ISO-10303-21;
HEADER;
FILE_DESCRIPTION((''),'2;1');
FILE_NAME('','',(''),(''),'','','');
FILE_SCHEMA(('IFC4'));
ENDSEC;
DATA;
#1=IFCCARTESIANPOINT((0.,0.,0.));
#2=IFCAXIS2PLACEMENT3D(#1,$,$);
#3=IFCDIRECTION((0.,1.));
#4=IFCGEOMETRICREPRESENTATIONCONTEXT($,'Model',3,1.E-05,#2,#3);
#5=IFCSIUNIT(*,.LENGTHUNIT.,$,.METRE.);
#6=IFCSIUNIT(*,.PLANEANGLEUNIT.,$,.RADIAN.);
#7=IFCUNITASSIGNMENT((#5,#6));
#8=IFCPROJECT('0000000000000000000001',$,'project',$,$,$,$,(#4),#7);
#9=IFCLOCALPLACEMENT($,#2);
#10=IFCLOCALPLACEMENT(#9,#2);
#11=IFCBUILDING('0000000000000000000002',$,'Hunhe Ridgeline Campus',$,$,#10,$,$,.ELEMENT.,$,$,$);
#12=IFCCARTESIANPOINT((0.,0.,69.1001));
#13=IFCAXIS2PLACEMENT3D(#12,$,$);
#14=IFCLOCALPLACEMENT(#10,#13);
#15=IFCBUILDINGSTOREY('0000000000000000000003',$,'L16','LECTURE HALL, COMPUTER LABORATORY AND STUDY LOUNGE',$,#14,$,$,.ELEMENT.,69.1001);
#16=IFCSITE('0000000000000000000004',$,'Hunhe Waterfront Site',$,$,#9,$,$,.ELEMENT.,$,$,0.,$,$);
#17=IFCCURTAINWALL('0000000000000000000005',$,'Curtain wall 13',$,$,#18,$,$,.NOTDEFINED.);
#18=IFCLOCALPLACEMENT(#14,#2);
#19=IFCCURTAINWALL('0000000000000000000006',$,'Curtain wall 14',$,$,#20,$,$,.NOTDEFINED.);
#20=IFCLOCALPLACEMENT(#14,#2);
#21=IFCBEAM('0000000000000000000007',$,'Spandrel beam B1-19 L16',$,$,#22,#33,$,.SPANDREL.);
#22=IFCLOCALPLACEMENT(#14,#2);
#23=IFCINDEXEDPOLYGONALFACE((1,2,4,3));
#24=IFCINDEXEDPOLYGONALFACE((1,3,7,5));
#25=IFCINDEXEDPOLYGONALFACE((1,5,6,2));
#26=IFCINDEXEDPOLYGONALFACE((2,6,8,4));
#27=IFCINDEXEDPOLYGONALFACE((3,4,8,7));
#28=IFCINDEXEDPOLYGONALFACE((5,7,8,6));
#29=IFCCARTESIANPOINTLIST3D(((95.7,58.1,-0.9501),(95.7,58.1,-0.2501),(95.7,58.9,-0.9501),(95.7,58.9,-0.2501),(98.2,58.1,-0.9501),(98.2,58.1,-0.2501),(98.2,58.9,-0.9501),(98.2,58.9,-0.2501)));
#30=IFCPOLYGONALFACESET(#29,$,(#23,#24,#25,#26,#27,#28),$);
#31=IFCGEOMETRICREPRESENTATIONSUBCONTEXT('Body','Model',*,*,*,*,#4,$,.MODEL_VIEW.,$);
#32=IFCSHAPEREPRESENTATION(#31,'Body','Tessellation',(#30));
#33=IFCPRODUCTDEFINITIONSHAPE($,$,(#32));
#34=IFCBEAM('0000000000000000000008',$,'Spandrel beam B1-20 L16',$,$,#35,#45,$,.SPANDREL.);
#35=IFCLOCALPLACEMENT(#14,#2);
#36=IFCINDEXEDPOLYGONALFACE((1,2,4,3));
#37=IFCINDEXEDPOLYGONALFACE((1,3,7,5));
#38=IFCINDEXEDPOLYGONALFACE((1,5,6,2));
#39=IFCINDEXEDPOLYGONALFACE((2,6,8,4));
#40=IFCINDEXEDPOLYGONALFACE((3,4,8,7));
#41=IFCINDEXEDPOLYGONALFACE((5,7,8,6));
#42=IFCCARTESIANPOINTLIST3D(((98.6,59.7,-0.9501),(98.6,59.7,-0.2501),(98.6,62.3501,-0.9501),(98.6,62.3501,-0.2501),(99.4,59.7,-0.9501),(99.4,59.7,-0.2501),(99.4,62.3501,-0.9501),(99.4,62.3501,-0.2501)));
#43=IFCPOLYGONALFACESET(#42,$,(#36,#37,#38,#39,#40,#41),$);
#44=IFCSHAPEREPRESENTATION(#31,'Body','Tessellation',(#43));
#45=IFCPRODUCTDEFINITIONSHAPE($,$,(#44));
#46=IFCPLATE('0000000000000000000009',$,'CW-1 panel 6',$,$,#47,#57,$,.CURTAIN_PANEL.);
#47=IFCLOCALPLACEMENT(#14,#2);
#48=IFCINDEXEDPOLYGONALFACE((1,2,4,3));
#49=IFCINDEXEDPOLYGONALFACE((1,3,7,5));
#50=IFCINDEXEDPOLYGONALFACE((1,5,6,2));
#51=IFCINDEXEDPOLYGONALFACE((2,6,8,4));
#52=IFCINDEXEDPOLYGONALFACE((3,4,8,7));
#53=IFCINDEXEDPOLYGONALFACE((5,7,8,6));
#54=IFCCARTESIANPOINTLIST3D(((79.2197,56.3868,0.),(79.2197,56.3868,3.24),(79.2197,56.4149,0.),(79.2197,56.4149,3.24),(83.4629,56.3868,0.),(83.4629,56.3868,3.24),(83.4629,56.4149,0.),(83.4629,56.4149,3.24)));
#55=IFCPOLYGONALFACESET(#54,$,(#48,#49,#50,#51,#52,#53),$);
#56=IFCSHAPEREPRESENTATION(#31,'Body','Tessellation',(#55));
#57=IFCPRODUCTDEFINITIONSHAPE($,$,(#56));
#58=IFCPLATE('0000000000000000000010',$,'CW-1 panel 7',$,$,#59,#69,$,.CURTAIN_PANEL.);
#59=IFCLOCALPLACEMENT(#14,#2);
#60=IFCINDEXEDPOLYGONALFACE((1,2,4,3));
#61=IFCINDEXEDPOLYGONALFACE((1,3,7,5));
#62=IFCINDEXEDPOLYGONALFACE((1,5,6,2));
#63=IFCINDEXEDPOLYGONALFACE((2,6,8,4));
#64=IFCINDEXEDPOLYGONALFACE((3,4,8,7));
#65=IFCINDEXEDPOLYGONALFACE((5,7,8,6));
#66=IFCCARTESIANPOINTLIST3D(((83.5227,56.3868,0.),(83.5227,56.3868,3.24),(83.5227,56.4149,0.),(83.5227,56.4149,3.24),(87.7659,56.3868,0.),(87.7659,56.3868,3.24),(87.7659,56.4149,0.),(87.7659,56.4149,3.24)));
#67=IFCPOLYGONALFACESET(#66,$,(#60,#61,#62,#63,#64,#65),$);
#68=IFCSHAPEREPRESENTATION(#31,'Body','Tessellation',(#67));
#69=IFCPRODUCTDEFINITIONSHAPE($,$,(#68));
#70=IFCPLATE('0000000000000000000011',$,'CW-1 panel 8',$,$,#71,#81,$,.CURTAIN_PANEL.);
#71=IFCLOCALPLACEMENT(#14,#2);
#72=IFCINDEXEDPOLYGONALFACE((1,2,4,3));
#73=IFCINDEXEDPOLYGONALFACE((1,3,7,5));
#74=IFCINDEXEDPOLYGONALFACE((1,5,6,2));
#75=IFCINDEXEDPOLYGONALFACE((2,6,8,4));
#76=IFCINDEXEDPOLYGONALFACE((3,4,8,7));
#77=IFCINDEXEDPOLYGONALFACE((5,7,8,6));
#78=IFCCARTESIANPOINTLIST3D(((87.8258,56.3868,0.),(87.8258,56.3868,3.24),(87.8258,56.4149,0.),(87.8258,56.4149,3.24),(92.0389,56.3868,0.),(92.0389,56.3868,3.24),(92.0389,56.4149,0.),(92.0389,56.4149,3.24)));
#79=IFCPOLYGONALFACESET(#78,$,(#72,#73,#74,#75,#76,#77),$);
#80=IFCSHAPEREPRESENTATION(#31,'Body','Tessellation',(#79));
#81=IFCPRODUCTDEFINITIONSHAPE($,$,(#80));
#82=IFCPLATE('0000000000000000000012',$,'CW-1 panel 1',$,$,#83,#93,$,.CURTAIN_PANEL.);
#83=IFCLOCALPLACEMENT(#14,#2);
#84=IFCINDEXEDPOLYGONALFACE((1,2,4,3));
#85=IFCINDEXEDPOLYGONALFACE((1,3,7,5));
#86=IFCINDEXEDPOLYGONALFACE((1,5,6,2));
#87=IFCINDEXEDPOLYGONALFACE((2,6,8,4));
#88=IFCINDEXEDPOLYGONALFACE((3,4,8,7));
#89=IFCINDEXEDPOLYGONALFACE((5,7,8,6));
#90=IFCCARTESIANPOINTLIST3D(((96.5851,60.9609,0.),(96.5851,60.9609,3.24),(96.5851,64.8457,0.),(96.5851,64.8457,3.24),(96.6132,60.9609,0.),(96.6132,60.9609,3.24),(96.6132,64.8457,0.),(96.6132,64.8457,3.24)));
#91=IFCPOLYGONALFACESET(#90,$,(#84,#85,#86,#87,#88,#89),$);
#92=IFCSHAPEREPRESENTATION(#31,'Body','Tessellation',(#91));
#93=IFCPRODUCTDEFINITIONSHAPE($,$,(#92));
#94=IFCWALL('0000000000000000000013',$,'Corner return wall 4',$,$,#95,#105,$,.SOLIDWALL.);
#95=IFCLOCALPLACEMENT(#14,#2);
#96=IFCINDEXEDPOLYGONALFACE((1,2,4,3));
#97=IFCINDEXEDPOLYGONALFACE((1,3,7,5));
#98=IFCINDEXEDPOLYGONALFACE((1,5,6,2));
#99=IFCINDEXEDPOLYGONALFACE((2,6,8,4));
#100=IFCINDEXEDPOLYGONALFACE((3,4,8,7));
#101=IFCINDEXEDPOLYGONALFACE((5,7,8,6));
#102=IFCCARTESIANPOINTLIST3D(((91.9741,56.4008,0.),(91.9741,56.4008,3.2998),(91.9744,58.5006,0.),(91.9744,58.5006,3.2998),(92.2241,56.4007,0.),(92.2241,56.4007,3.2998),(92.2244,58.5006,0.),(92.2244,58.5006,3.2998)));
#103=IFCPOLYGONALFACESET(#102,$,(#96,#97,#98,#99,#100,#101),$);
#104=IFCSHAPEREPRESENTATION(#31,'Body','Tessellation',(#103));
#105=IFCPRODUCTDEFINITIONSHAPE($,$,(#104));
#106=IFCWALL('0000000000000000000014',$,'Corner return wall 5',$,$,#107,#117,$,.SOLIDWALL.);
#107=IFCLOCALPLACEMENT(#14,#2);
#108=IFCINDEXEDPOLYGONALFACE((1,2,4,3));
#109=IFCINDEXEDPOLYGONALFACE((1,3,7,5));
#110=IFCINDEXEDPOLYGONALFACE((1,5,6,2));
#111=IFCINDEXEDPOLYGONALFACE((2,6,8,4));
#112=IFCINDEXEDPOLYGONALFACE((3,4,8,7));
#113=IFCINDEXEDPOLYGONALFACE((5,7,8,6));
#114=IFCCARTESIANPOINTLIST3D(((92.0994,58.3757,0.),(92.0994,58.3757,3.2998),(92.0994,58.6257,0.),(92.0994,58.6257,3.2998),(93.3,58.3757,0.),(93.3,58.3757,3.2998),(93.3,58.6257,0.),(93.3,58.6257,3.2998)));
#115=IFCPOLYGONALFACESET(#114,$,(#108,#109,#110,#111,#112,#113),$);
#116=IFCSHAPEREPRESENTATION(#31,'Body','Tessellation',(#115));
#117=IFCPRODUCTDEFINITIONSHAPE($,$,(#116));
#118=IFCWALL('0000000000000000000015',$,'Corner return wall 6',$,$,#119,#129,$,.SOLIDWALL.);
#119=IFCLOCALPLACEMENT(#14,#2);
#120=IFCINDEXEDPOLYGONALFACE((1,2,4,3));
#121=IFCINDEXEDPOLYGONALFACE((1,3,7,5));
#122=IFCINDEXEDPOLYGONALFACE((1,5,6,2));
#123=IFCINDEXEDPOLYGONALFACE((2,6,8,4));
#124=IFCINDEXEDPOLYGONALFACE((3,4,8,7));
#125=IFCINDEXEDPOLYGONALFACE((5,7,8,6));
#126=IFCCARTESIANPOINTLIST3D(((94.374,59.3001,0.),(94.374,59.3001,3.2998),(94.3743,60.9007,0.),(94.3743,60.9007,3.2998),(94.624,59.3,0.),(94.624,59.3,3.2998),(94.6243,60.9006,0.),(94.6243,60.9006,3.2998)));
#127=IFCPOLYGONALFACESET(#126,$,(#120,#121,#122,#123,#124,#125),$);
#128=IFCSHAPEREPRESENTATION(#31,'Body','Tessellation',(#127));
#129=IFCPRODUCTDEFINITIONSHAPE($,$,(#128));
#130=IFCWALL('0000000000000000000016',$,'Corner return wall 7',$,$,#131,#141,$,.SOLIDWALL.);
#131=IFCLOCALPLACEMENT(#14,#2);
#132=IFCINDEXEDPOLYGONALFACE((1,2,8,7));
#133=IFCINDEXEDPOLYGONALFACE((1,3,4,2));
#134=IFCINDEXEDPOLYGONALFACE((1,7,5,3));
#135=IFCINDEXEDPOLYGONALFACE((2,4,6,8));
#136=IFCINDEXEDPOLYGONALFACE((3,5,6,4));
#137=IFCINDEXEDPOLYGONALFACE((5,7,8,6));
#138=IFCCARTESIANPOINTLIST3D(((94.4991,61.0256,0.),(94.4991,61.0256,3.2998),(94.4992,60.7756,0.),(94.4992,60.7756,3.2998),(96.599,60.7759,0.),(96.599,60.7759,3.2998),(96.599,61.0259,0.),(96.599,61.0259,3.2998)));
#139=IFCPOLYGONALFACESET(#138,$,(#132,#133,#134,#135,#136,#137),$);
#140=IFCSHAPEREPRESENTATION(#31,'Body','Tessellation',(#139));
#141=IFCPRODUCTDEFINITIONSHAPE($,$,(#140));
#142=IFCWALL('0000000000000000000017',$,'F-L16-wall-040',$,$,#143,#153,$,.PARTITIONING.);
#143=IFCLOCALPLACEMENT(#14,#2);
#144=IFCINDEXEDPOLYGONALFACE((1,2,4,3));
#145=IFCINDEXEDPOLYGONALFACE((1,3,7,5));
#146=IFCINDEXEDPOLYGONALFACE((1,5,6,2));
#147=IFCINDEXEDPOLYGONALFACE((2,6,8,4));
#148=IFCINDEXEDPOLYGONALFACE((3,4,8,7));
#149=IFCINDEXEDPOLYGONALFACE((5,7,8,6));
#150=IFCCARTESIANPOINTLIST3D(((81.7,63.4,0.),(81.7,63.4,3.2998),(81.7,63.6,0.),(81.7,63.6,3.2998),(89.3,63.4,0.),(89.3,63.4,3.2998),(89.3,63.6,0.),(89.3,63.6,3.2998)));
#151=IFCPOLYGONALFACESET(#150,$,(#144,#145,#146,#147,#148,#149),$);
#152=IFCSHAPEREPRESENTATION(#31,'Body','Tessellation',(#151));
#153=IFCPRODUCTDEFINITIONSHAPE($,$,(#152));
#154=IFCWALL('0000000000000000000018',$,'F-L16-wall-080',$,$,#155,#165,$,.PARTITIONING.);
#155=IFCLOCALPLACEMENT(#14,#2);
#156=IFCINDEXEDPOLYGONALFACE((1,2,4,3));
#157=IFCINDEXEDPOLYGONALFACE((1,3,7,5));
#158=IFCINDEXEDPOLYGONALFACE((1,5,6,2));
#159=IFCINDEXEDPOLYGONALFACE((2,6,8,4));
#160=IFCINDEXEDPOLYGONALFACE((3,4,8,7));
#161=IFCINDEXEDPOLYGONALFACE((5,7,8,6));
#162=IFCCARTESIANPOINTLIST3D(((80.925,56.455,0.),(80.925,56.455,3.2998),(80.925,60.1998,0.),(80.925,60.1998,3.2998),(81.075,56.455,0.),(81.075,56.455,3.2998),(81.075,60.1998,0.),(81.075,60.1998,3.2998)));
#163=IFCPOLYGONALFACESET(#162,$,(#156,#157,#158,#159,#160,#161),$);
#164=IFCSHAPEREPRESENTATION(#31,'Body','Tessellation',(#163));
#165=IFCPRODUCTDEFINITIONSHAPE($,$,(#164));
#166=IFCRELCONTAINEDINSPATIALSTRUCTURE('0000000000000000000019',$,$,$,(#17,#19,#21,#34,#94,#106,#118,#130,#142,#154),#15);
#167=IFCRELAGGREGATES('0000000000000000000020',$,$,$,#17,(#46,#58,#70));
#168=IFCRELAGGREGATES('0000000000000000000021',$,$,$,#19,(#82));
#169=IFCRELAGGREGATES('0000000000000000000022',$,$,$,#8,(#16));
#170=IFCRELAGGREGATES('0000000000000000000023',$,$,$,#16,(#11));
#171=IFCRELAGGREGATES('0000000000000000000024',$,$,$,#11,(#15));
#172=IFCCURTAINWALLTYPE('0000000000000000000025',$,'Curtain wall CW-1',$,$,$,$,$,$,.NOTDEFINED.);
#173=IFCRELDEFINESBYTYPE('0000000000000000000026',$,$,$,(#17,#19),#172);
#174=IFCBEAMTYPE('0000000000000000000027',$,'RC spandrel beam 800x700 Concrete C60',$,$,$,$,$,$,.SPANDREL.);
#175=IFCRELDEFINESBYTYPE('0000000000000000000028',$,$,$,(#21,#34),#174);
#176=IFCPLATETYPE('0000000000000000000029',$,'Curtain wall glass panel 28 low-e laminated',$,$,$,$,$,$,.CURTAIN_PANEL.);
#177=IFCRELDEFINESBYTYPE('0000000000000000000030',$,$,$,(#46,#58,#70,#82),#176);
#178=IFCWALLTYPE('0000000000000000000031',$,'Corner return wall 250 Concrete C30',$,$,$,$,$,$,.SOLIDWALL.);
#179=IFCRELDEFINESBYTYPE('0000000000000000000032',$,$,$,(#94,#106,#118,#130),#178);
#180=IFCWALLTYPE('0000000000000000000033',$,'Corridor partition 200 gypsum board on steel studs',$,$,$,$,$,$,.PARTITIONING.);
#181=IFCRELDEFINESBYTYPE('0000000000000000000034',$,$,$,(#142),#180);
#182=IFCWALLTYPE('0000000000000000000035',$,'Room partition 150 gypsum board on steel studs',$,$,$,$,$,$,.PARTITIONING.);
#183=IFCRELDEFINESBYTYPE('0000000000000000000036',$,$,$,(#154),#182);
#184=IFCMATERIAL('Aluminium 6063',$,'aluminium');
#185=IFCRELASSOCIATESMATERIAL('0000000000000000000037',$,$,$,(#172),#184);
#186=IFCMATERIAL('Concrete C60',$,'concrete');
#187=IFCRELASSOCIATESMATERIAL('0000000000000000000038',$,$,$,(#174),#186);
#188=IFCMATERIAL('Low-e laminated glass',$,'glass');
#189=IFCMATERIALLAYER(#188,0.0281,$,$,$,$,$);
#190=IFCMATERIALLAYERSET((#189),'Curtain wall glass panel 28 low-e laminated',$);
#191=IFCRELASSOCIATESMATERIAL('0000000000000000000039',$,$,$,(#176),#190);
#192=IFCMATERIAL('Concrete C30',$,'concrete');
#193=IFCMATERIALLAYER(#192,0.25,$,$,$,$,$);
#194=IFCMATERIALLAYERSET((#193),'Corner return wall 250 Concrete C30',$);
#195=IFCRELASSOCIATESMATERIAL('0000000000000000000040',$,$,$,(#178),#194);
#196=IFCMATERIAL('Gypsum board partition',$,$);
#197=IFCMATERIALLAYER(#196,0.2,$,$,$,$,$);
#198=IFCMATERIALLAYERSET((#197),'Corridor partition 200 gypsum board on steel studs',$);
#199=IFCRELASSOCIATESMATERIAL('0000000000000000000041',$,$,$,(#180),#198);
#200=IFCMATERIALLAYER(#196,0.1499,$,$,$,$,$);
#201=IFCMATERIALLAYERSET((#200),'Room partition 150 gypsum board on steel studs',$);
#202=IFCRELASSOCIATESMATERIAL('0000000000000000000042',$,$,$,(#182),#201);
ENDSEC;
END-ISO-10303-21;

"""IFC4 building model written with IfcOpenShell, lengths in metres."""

from ifc_helpers import new_model, si_unit, direction, frame, frame_2d, origin, origin_2d, place, context, subcontext, project, spatial, rectangle, extrude, material, layer, layer_set, material_profile, profile_set, type_object, element, aggregate, save


model = new_model("IFC4")

# Units and contexts
model_context = context("Model", 3, precision=1e-05, world=origin(), true_north=direction((0.0, 1.0)))
body_context = subcontext(model_context, "Body", "Model", "MODEL_VIEW")
ifc_project = project(units=[si_unit("LENGTHUNIT", "METRE"), si_unit("PLANEANGLEUNIT", "RADIAN")], contexts=[model_context])

# Site, building, storey
site_placement = place(None, origin())
site = spatial("IfcSite", under=ifc_project, at=site_placement, Name="Hunhe Waterfront Site", CompositionType="ELEMENT", RefElevation=0.0)
building_placement = place(site_placement, origin())
building = spatial("IfcBuilding", under=site, at=building_placement, Name="Hunhe Ridgeline Campus", CompositionType="ELEMENT")
storey_placement = place(building_placement, frame((0.0, 0.0, 69.1001)))
storey = spatial("IfcBuildingStorey", under=building, at=storey_placement, Name="L16", Description="LECTURE HALL, COMPUTER LABORATORY AND STUDY LOUNGE", CompositionType="ELEMENT", Elevation=69.1001)

# Curtain walls
ifc_material_1 = material(Name="Aluminium 6063", Category="aluminium")
curtain_wall_type = type_object("IfcCurtainWallType", Name="Curtain wall CW-1", PredefinedType="NOTDEFINED", material=ifc_material_1)
curtain_wall_1_placement = place(storey_placement, origin())
curtain_wall_1 = element("IfcCurtainWall", 1, at=curtain_wall_1_placement, inside=storey, type_object=curtain_wall_type, Name="Curtain wall 13", PredefinedType="NOTDEFINED")
curtain_wall_2_placement = place(storey_placement, origin())
curtain_wall_2 = element("IfcCurtainWall", 2, at=curtain_wall_2_placement, inside=storey, type_object=curtain_wall_type, Name="Curtain wall 14", PredefinedType="NOTDEFINED")

# Beams
ifc_material_2 = material(Name="Concrete C60", Category="concrete")
ifc_material_profile_1 = material_profile(ifc_material_2, rectangle(XDim=0.8, YDim=0.7, at=origin_2d()))
ifc_profile_set_1 = profile_set([ifc_material_profile_1], Name="Concrete C60")
beam_type = type_object("IfcBeamType", Name="RC spandrel beam 800x700 Concrete C60", PredefinedType="SPANDREL", material=ifc_profile_set_1)
for number, where, z_axis, x_axis, name in (
    (3, (95.7, 58.5, -0.6001), (1.0, 0.0, 0.0), (0.0, 1.0, 0.0), "Spandrel beam B1-19 L16"),
):
    element("IfcBeam", number, at=place(storey_placement, frame(where, z_axis=z_axis, x_axis=x_axis)), inside=storey, type_object=beam_type, Name=name, PredefinedType="SPANDREL", context=body_context, shape_type="SweptSolid", body=[
        extrude(rectangle(XDim=0.8, YDim=0.7, at=origin_2d()), origin(), (0.0, 0.0, 1.0), 2.5),
    ])
beam_1_placement = place(storey_placement, frame((99.0, 59.7, -0.6001), z_axis=(0.0, 1.0, 0.0), x_axis=(-1.0, 0.0, 0.0)))
element("IfcBeam", 4, at=beam_1_placement, inside=storey, type_object=beam_type, Name="Spandrel beam B1-20 L16", PredefinedType="SPANDREL", context=body_context, shape_type="SweptSolid", body=[
    extrude(rectangle(XDim=0.8, YDim=0.7, at=origin_2d()), origin(), (0.0, 0.0, 1.0), 2.6501),
])

# Plates
ifc_material_3 = material(Name="Low-e laminated glass", Category="glass")
ifc_layer_1 = layer(ifc_material_3, 0.0281)
ifc_layer_set_1 = layer_set([ifc_layer_1], Name="Curtain wall glass panel 28 low-e laminated")
plate_type = type_object("IfcPlateType", Name="Curtain wall glass panel 28 low-e laminated", PredefinedType="CURTAIN_PANEL", material=ifc_layer_set_1)
plate_1_placement = place(storey_placement, frame((81.3413, 56.4009, 0.0), z_axis=(0.0, 0.0, 1.0), x_axis=(1.0, 0.000004, 0.0)))
plate_1 = element("IfcPlate", 5, at=plate_1_placement, type_object=plate_type, Name="CW-1 panel 6", PredefinedType="CURTAIN_PANEL", context=body_context, shape_type="SweptSolid", body=[
    extrude(rectangle(XDim=4.2432, YDim=0.0281, at=origin_2d()), origin(), (0.0, 0.0, 1.0), 3.24),
])
plate_2_placement = place(storey_placement, frame((85.6443, 56.4009, 0.0), z_axis=(0.0, 0.0, 1.0), x_axis=(1.0, 0.000004, 0.0)))
plate_2 = element("IfcPlate", 6, at=plate_2_placement, type_object=plate_type, Name="CW-1 panel 7", PredefinedType="CURTAIN_PANEL", context=body_context, shape_type="SweptSolid", body=[
    extrude(rectangle(XDim=4.2432, YDim=0.0281, at=origin_2d()), origin(), (0.0, 0.0, 1.0), 3.24),
])
plate_3_placement = place(storey_placement, frame((89.9324, 56.4009, 0.0), z_axis=(0.0, 0.0, 1.0), x_axis=(1.0, 0.000004, 0.0)))
plate_3 = element("IfcPlate", 7, at=plate_3_placement, type_object=plate_type, Name="CW-1 panel 8", PredefinedType="CURTAIN_PANEL", context=body_context, shape_type="SweptSolid", body=[
    extrude(rectangle(XDim=4.2131, YDim=0.0281, at=origin_2d()), origin(), (0.0, 0.0, 1.0), 3.24),
])
aggregate(curtain_wall_1, [plate_1, plate_2, plate_3])
plate_4_placement = place(storey_placement, frame((96.5991, 62.9033, 0.0), z_axis=(0.0, 0.0, 1.0), x_axis=(0.0, 1.0, 0.0)))
plate_4 = element("IfcPlate", 8, at=plate_4_placement, type_object=plate_type, Name="CW-1 panel 1", PredefinedType="CURTAIN_PANEL", context=body_context, shape_type="SweptSolid", body=[
    extrude(rectangle(XDim=3.8848, YDim=0.0281, at=origin_2d()), origin(), (0.0, 0.0, 1.0), 3.24),
])
aggregate(curtain_wall_2, [plate_4])

# Walls
ifc_material_4 = material(Name="Concrete C30", Category="concrete")
ifc_layer_2 = layer(ifc_material_4, 0.25)
ifc_layer_set_2 = layer_set([ifc_layer_2], Name="Corner return wall 250 Concrete C30")
wall_type_1 = type_object("IfcWallType", Name="Corner return wall 250 Concrete C30", PredefinedType="SOLIDWALL", material=ifc_layer_set_2)
wall_1_placement = place(storey_placement, frame((92.0991, 56.4009, 0.0), z_axis=(0.0, 0.0, 1.0), x_axis=(0.000116, 1.0, 0.0)))
element("IfcWall", 9, at=wall_1_placement, inside=storey, type_object=wall_type_1, Name="Corner return wall 4", PredefinedType="SOLIDWALL", context=body_context, shape_type="SweptSolid", body=[
    extrude(rectangle(XDim=2.0999, YDim=0.25, at=frame_2d((1.0498, 0.0))), origin(), (0.0, 0.0, 1.0), 3.2998),
])
wall_2_placement = place(storey_placement, frame((92.0994, 58.5007, 0.0), z_axis=(0.0, 0.0, 1.0), x_axis=(1.0, 0.0, 0.0)))
element("IfcWall", 10, at=wall_2_placement, inside=storey, type_object=wall_type_1, Name="Corner return wall 5", PredefinedType="SOLIDWALL", context=body_context, shape_type="SweptSolid", body=[
    extrude(rectangle(XDim=1.2007, YDim=0.25, at=frame_2d((0.6003, 0.0))), origin(), (0.0, 0.0, 1.0), 3.2998),
])
wall_3_placement = place(storey_placement, frame((94.499, 59.3, 0.0), z_axis=(0.0, 0.0, 1.0), x_axis=(0.000153, 1.0, 0.0)))
element("IfcWall", 11, at=wall_3_placement, inside=storey, type_object=wall_type_1, Name="Corner return wall 6", PredefinedType="SOLIDWALL", context=body_context, shape_type="SweptSolid", body=[
    extrude(rectangle(XDim=1.6006, YDim=0.25, at=frame_2d((0.8003, 0.0))), origin(), (0.0, 0.0, 1.0), 3.2998),
])
wall_4_placement = place(storey_placement, frame((94.4993, 60.9006, 0.0), z_axis=(0.0, 0.0, 1.0), x_axis=(1.0, 0.000116, 0.0)))
element("IfcWall", 12, at=wall_4_placement, inside=storey, type_object=wall_type_1, Name="Corner return wall 7", PredefinedType="SOLIDWALL", context=body_context, shape_type="SweptSolid", body=[
    extrude(rectangle(XDim=2.0999, YDim=0.25, at=frame_2d((1.0498, 0.0))), origin(), (0.0, 0.0, 1.0), 3.2998),
])

# Shared definitions
ifc_material_5 = material(Name="Gypsum board partition")
ifc_layer_3 = layer(ifc_material_5, 0.2)
ifc_layer_set_3 = layer_set([ifc_layer_3], Name="Corridor partition 200 gypsum board on steel studs")
wall_type_2 = type_object("IfcWallType", Name="Corridor partition 200 gypsum board on steel studs", PredefinedType="PARTITIONING", material=ifc_layer_set_3)

# Walls
wall_5_placement = place(storey_placement, frame((81.7, 63.5, 0.0), z_axis=(0.0, 0.0, 1.0), x_axis=(1.0, 0.0, 0.0)))
element("IfcWall", 13, at=wall_5_placement, inside=storey, type_object=wall_type_2, Name="F-L16-wall-040", PredefinedType="PARTITIONING", context=body_context, shape_type="SweptSolid", body=[
    extrude(rectangle(XDim=7.6001, YDim=0.2, at=frame_2d((3.8, 0.0))), origin(), (0.0, 0.0, 1.0), 3.2998),
])
ifc_layer_4 = layer(ifc_material_5, 0.1499)
ifc_layer_set_4 = layer_set([ifc_layer_4], Name="Room partition 150 gypsum board on steel studs")
wall_type_3 = type_object("IfcWallType", Name="Room partition 150 gypsum board on steel studs", PredefinedType="PARTITIONING", material=ifc_layer_set_4)
wall_6_placement = place(storey_placement, frame((81.0, 60.2, 0.0), z_axis=(0.0, 0.0, 1.0), x_axis=(0.0, -1.0, 0.0)))
element("IfcWall", 14, at=wall_6_placement, inside=storey, type_object=wall_type_3, Name="F-L16-wall-080", PredefinedType="PARTITIONING", context=body_context, shape_type="SweptSolid", body=[
    extrude(rectangle(XDim=3.7449, YDim=0.1499, at=frame_2d((1.8726, 0.0))), origin(), (0.0, 0.0, 1.0), 3.2998),
])

save(model, "model.ifc")
